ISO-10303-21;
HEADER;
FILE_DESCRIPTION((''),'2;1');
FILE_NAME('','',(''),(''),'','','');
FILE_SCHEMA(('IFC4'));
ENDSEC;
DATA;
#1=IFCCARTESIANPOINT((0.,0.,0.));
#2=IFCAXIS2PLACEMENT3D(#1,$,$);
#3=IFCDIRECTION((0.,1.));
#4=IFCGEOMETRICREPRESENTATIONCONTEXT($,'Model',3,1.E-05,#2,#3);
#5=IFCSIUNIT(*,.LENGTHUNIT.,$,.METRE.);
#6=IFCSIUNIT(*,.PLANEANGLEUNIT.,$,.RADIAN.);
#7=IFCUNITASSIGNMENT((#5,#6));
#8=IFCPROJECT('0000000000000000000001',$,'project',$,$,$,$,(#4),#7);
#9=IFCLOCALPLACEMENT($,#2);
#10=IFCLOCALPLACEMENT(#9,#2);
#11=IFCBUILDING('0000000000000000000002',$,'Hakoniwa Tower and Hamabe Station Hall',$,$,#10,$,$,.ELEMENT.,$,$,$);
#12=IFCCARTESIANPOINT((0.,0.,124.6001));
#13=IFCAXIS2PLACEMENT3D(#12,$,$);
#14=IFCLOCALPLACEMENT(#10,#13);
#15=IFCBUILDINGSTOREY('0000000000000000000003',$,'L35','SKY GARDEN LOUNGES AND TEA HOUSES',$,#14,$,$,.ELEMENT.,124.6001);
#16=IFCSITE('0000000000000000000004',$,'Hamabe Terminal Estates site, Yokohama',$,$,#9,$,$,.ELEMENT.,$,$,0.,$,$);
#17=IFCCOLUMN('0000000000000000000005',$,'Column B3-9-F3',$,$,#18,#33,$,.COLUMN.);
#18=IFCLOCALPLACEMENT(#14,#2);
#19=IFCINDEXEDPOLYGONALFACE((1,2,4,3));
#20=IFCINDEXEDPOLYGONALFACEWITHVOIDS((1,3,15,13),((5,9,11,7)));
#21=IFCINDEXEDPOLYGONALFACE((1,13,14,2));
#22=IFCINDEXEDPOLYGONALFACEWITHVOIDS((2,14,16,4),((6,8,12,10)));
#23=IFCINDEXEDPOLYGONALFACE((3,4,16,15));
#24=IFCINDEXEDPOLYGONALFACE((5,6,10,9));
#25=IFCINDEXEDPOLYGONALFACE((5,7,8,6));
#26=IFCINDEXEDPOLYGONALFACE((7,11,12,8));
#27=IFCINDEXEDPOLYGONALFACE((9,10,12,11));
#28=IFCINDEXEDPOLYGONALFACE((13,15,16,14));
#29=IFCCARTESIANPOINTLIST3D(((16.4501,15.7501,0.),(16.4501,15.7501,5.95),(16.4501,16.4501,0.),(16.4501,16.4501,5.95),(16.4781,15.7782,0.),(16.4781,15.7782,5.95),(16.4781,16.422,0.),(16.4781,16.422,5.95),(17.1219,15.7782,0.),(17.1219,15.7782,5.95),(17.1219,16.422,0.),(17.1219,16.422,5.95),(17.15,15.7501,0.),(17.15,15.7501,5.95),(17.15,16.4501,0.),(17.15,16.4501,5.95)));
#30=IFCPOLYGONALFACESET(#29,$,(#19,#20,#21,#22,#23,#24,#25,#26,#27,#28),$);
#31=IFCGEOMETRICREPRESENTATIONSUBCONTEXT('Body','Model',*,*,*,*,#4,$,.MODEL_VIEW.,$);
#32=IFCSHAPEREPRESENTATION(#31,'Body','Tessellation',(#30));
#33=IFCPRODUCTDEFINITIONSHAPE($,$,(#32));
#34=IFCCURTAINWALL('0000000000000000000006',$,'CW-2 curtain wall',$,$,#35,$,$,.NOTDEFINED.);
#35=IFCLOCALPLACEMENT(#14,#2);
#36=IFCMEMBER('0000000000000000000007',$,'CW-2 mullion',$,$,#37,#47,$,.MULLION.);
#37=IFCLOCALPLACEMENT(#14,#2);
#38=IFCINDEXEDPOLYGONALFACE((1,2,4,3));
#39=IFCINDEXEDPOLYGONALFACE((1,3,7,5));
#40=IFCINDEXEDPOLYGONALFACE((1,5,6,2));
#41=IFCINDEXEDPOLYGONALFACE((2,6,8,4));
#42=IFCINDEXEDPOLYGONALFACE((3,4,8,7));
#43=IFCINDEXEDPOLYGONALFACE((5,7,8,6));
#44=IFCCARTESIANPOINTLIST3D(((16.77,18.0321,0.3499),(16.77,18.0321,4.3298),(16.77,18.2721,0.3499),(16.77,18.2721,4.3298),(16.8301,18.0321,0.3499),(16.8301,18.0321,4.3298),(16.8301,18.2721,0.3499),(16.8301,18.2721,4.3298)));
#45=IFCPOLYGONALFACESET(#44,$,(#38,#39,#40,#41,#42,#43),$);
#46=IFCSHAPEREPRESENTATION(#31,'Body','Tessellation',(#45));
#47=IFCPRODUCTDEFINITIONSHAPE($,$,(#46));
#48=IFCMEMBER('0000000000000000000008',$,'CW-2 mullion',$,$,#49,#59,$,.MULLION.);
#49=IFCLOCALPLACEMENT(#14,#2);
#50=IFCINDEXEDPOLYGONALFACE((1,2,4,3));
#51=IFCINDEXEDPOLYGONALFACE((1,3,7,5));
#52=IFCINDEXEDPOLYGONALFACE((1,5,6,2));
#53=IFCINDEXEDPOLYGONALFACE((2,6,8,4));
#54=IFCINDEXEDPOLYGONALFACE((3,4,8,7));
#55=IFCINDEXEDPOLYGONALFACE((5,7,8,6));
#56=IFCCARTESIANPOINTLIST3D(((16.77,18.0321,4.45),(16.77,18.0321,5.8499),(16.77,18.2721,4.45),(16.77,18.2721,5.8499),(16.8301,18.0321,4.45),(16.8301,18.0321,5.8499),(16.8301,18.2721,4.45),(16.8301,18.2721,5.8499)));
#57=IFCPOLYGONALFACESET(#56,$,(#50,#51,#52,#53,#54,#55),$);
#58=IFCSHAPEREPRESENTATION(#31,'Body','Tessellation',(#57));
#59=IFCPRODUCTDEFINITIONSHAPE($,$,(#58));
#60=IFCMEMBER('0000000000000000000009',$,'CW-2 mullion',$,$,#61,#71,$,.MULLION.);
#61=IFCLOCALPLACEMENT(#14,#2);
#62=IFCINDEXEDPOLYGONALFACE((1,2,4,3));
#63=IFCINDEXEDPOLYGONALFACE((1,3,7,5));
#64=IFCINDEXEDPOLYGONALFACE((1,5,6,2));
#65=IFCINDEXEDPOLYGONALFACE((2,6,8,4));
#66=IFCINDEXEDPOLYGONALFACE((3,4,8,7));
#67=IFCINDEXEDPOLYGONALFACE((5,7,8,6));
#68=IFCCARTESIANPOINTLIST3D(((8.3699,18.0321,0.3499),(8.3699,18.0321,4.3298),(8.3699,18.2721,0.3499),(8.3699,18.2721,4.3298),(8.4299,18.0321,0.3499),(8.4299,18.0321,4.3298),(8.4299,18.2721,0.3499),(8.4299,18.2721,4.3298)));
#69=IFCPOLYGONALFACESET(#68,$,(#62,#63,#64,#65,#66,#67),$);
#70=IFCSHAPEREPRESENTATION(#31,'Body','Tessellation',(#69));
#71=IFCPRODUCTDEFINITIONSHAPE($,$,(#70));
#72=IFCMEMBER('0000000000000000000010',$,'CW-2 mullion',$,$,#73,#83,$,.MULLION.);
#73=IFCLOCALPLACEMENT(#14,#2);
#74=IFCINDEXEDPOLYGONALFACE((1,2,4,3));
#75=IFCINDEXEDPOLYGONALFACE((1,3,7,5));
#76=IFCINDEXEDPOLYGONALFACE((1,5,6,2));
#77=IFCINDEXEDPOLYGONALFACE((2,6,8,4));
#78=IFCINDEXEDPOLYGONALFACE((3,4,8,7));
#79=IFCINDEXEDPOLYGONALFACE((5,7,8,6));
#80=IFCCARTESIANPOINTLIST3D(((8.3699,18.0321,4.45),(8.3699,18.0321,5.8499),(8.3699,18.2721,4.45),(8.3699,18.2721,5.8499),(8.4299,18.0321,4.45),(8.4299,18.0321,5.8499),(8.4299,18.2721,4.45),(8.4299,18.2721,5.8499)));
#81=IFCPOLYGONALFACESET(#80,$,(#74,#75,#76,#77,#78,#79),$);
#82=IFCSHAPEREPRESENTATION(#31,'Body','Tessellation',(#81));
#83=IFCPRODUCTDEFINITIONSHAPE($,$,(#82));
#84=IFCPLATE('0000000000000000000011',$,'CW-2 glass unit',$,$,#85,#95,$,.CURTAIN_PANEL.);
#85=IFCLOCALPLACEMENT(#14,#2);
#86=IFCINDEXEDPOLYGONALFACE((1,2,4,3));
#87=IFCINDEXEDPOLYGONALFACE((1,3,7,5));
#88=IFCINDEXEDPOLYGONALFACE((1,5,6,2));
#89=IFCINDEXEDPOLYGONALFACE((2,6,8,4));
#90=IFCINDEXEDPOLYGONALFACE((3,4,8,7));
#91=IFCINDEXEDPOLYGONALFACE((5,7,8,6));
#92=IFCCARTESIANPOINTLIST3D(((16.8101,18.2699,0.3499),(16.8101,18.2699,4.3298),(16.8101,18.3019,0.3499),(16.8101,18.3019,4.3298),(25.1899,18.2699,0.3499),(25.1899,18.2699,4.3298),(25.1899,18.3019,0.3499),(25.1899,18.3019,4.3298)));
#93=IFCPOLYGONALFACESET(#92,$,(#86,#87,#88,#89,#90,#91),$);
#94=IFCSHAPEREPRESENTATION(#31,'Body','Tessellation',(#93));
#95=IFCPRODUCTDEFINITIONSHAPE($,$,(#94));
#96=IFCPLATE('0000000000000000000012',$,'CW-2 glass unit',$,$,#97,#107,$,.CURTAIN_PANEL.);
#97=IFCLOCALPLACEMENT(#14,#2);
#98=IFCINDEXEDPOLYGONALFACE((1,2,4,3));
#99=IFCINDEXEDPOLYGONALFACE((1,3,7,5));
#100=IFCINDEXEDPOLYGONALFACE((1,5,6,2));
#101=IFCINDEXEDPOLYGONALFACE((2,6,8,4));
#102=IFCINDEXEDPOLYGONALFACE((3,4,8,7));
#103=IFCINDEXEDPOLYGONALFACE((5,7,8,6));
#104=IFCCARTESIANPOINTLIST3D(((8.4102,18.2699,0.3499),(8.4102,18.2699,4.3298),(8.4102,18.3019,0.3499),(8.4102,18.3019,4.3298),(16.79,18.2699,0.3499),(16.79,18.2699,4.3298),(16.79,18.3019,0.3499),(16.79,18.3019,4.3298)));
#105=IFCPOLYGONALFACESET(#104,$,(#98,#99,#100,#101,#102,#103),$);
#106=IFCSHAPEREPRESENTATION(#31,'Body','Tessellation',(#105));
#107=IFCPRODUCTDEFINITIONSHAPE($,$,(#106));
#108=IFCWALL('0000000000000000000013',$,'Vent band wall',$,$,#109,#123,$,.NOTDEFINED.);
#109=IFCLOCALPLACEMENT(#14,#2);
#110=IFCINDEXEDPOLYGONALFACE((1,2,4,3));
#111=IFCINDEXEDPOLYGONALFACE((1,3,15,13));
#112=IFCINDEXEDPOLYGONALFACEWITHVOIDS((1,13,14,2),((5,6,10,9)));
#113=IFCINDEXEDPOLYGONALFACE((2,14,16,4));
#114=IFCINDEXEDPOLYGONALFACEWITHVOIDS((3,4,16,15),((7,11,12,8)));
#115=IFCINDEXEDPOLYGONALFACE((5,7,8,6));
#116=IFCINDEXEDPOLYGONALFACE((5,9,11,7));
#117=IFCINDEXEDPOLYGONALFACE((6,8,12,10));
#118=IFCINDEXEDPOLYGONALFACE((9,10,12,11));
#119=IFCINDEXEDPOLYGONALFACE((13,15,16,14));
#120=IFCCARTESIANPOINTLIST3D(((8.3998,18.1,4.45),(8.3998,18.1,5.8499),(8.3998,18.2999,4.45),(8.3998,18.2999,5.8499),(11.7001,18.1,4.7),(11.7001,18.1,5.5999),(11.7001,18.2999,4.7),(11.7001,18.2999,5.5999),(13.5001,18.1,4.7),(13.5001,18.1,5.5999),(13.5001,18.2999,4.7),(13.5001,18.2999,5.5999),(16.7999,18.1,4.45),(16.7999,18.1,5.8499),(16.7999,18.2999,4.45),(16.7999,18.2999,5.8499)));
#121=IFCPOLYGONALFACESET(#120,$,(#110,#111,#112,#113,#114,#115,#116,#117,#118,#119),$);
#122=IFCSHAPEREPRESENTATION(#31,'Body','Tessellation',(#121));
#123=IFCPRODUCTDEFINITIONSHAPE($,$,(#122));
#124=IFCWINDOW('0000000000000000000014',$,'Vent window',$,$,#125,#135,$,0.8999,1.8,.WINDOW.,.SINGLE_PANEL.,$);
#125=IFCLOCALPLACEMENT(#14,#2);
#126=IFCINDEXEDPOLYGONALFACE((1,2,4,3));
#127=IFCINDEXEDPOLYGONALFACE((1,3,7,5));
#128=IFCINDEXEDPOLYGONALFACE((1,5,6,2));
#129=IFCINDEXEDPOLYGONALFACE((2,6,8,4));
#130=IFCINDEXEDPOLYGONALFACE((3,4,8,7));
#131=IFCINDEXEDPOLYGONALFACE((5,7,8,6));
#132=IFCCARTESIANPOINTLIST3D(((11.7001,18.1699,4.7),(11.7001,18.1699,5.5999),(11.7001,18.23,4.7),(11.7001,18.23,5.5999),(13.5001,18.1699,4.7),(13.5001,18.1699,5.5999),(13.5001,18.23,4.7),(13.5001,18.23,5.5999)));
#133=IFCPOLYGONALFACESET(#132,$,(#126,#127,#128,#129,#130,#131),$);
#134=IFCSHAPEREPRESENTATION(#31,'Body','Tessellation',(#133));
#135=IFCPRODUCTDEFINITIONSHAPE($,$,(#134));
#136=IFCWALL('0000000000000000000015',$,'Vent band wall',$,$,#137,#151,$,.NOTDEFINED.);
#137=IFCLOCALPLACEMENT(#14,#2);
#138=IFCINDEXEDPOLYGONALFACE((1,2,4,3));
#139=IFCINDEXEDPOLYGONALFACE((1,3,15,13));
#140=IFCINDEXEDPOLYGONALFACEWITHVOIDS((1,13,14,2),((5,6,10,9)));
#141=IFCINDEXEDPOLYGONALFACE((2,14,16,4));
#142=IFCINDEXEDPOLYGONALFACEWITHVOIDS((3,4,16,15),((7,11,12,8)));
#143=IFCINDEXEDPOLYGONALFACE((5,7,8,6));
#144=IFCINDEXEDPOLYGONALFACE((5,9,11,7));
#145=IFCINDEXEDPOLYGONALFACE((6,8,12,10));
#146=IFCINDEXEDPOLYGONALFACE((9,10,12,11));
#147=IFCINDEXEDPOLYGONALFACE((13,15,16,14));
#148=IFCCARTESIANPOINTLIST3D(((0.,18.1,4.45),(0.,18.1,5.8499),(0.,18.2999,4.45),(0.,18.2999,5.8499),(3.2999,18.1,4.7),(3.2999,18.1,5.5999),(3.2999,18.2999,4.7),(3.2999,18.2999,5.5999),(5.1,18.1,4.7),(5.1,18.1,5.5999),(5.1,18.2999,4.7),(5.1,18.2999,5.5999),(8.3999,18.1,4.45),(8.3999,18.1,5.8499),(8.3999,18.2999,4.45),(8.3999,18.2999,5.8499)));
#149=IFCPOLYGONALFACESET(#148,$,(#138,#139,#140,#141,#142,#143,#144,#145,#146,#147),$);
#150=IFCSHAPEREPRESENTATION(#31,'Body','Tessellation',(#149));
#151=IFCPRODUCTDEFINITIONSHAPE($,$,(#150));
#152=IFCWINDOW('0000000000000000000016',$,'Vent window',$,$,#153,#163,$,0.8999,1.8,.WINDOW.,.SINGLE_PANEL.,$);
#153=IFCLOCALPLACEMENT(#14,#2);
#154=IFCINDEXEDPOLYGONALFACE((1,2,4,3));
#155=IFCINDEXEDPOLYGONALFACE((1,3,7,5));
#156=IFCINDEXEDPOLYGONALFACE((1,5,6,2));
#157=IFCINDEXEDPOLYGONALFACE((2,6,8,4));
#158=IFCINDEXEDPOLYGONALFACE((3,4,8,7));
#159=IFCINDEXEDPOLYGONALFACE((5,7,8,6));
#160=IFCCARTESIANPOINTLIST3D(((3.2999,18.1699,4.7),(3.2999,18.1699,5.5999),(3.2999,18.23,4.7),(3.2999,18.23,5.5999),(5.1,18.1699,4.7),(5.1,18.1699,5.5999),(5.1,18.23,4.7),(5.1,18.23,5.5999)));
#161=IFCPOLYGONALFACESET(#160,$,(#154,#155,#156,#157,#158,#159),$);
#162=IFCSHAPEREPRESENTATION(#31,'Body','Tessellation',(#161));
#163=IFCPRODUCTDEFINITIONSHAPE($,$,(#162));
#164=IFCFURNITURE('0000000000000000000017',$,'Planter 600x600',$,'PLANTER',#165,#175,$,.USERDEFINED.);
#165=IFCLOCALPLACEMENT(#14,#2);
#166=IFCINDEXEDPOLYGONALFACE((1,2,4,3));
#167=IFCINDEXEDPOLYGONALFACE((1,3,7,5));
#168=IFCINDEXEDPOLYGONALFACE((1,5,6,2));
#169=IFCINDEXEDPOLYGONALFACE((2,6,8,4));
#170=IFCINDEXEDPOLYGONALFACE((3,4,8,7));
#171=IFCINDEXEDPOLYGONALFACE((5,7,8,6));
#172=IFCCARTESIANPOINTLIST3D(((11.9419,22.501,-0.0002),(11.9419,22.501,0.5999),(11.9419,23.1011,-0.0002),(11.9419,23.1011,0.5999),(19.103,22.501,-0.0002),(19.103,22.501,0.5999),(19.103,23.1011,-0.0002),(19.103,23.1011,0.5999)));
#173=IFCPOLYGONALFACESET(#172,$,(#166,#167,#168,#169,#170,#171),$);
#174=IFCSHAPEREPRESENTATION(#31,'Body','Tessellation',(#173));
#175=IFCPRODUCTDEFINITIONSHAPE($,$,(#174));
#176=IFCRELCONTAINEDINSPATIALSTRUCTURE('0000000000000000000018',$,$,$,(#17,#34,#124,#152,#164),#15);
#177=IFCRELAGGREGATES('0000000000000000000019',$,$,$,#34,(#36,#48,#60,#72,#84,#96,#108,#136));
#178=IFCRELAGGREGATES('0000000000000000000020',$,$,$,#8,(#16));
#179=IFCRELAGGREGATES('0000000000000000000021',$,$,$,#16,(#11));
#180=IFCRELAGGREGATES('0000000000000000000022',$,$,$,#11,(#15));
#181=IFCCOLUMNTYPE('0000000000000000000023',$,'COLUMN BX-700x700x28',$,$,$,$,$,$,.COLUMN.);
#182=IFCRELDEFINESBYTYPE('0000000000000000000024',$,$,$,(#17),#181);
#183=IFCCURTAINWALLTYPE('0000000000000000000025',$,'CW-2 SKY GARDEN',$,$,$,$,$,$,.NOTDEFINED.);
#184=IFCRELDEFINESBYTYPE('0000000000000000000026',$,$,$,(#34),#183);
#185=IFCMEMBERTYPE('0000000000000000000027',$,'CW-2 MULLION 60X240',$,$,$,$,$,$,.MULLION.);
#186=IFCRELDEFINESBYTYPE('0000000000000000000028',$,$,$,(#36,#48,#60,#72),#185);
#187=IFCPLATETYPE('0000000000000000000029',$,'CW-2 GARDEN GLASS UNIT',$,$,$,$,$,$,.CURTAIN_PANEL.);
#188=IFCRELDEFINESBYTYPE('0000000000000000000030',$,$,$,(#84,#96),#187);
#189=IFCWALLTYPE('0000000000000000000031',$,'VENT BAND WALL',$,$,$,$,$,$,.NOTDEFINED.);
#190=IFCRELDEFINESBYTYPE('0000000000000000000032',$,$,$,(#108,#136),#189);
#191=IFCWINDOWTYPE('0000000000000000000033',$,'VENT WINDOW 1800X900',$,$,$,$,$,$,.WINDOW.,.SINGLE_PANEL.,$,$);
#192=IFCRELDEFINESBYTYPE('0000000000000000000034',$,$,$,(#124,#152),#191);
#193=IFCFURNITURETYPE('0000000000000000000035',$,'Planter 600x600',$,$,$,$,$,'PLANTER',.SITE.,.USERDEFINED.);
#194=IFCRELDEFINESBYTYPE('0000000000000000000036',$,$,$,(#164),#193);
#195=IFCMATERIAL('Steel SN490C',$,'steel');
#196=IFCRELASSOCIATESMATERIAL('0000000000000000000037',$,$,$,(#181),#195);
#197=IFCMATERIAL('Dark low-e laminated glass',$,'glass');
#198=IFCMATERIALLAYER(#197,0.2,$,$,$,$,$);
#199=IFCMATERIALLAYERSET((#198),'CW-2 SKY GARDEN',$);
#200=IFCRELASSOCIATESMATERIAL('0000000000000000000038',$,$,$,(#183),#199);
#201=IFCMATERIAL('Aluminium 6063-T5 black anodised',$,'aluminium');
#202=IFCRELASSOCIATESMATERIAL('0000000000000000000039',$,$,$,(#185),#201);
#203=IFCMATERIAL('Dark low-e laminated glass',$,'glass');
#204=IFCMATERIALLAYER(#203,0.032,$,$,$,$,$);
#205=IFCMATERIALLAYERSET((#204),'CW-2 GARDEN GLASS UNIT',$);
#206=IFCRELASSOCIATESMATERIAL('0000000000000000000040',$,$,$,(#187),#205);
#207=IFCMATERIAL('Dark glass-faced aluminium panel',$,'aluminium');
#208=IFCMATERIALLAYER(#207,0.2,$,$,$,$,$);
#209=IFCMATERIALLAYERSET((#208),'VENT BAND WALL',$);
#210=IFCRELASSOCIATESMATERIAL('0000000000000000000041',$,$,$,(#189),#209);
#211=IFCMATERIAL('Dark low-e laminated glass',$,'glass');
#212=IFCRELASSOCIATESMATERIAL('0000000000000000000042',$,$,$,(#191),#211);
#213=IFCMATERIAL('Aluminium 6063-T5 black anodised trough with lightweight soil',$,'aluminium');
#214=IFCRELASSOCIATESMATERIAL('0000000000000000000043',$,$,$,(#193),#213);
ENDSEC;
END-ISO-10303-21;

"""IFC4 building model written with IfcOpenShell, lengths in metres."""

from ifc_helpers import new_model, si_unit, direction, frame, frame_2d, origin, origin_2d, place, context, subcontext, project, spatial, rectangle, hollow_rectangle, extrude, material, layer, layer_set, material_profile, profile_set, type_object, element, fill, aggregate, save


model = new_model("IFC4")

# Units and contexts
model_context = context("Model", 3, precision=1e-05, world=origin(), true_north=direction((0.0, 1.0)))
body_context = subcontext(model_context, "Body", "Model", "MODEL_VIEW")
ifc_project = project(units=[si_unit("LENGTHUNIT", "METRE"), si_unit("PLANEANGLEUNIT", "RADIAN")], contexts=[model_context])

# Site, building, storey
site_placement = place(None, origin())
site = spatial("IfcSite", under=ifc_project, at=site_placement, Name="Hamabe Terminal Estates site, Yokohama", CompositionType="ELEMENT", RefElevation=0.0)
building_placement = place(site_placement, origin())
building = spatial("IfcBuilding", under=site, at=building_placement, Name="Hakoniwa Tower and Hamabe Station Hall", CompositionType="ELEMENT")
storey_placement = place(building_placement, frame((0.0, 0.0, 124.6001)))
storey = spatial("IfcBuildingStorey", under=building, at=storey_placement, Name="L35", Description="SKY GARDEN LOUNGES AND TEA HOUSES", CompositionType="ELEMENT", Elevation=124.6001)

# Column
ifc_material_1 = material(Name="Steel SN490C", Category="steel")
ifc_material_profile_1 = material_profile(ifc_material_1, hollow_rectangle(XDim=0.7, YDim=0.7, WallThickness=0.0281, at=origin_2d()), Name="BX-700x700x28")
ifc_profile_set_1 = profile_set([ifc_material_profile_1], Name="Steel SN490C")
column_type = type_object("IfcColumnType", Name="COLUMN BX-700x700x28", PredefinedType="COLUMN", material=ifc_profile_set_1)
column_placement = place(storey_placement, frame((16.8, 16.1001, 0.0), z_axis=(0.0, 0.0, 1.0), x_axis=(1.0, 0.0, 0.0)))
element("IfcColumn", 1, at=column_placement, inside=storey, type_object=column_type, Name="Column B3-9-F3", PredefinedType="COLUMN", context=body_context, shape_type="SweptSolid", body=[
    extrude(hollow_rectangle(XDim=0.7, YDim=0.7, WallThickness=0.0281, at=origin_2d()), origin(), (0.0, 0.0, 1.0), 5.95),
])

# Curtain wall, members, plates, walls, openings, windows
ifc_material_2 = material(Name="Dark low-e laminated glass", Category="glass")
ifc_layer_1 = layer(ifc_material_2, 0.2)
ifc_layer_set_1 = layer_set([ifc_layer_1], Name="CW-2 SKY GARDEN")
curtain_wall_type = type_object("IfcCurtainWallType", Name="CW-2 SKY GARDEN", PredefinedType="NOTDEFINED", material=ifc_layer_set_1)
curtain_wall_placement = place(storey_placement, origin())
curtain_wall = element("IfcCurtainWall", 2, at=curtain_wall_placement, inside=storey, type_object=curtain_wall_type, Name="CW-2 curtain wall", PredefinedType="NOTDEFINED")
ifc_material_3 = material(Name="Aluminium 6063-T5 black anodised", Category="aluminium")
ifc_material_profile_2 = material_profile(ifc_material_3, rectangle(XDim=0.0601, YDim=0.24, at=origin_2d()), Name="CW-2 MULLION 60X240")
ifc_profile_set_2 = profile_set([ifc_material_profile_2], Name="Aluminium 6063-T5 black anodised")
member_type = type_object("IfcMemberType", Name="CW-2 MULLION 60X240", PredefinedType="MULLION", material=ifc_profile_set_2)
member_1_placement = place(storey_placement, frame((16.8, 18.1521, 0.3499), z_axis=(0.0, 0.0, 1.0), x_axis=(-1.0, 0.0, 0.0)))
member_1 = element("IfcMember", 3, at=member_1_placement, type_object=member_type, Name="CW-2 mullion", PredefinedType="MULLION", context=body_context, shape_type="SweptSolid", body=[
    extrude(rectangle(XDim=0.0601, YDim=0.24, at=origin_2d()), origin(), (0.0, 0.0, 1.0), 3.98),
])
member_2_placement = place(storey_placement, frame((16.8, 18.1521, 4.45), z_axis=(0.0, 0.0, 1.0), x_axis=(-1.0, 0.0, 0.0)))
member_2 = element("IfcMember", 4, at=member_2_placement, type_object=member_type, Name="CW-2 mullion", PredefinedType="MULLION", context=body_context, shape_type="SweptSolid", body=[
    extrude(rectangle(XDim=0.0601, YDim=0.24, at=origin_2d()), origin(), (0.0, 0.0, 1.0), 1.3999),
])
member_3_placement = place(storey_placement, frame((8.3999, 18.1521, 0.3499), z_axis=(0.0, 0.0, 1.0), x_axis=(-1.0, 0.0, 0.0)))
member_3 = element("IfcMember", 5, at=member_3_placement, type_object=member_type, Name="CW-2 mullion", PredefinedType="MULLION", context=body_context, shape_type="SweptSolid", body=[
    extrude(rectangle(XDim=0.0601, YDim=0.24, at=origin_2d()), origin(), (0.0, 0.0, 1.0), 3.98),
])
member_4_placement = place(storey_placement, frame((8.3999, 18.1521, 4.45), z_axis=(0.0, 0.0, 1.0), x_axis=(-1.0, 0.0, 0.0)))
member_4 = element("IfcMember", 6, at=member_4_placement, type_object=member_type, Name="CW-2 mullion", PredefinedType="MULLION", context=body_context, shape_type="SweptSolid", body=[
    extrude(rectangle(XDim=0.0601, YDim=0.24, at=origin_2d()), origin(), (0.0, 0.0, 1.0), 1.3999),
])
ifc_material_4 = material(Name="Dark low-e laminated glass", Category="glass")
ifc_layer_2 = layer(ifc_material_4, 0.032)
ifc_layer_set_2 = layer_set([ifc_layer_2], Name="CW-2 GARDEN GLASS UNIT")
plate_type = type_object("IfcPlateType", Name="CW-2 GARDEN GLASS UNIT", PredefinedType="CURTAIN_PANEL", material=ifc_layer_set_2)
plate_1_placement = place(storey_placement, frame((21.0, 18.2859, 0.3499), z_axis=(0.0, 0.0, 1.0), x_axis=(-1.0, 0.0, 0.0)))
plate_1 = element("IfcPlate", 7, at=plate_1_placement, type_object=plate_type, Name="CW-2 glass unit", PredefinedType="CURTAIN_PANEL", context=body_context, shape_type="SweptSolid", body=[
    extrude(rectangle(XDim=8.3799, YDim=0.032, at=origin_2d()), origin(), (0.0, 0.0, 1.0), 3.98),
])
plate_2_placement = place(storey_placement, frame((12.6001, 18.2859, 0.3499), z_axis=(0.0, 0.0, 1.0), x_axis=(-1.0, 0.0, 0.0)))
plate_2 = element("IfcPlate", 8, at=plate_2_placement, type_object=plate_type, Name="CW-2 glass unit", PredefinedType="CURTAIN_PANEL", context=body_context, shape_type="SweptSolid", body=[
    extrude(rectangle(XDim=8.3799, YDim=0.032, at=origin_2d()), origin(), (0.0, 0.0, 1.0), 3.98),
])
ifc_material_5 = material(Name="Dark glass-faced aluminium panel", Category="aluminium")
ifc_layer_3 = layer(ifc_material_5, 0.2)
ifc_layer_set_3 = layer_set([ifc_layer_3], Name="VENT BAND WALL")
wall_type = type_object("IfcWallType", Name="VENT BAND WALL", PredefinedType="NOTDEFINED", material=ifc_layer_set_3)
wall_1_placement = place(storey_placement, frame((16.8, 18.2, 4.45), z_axis=(0.0, 0.0, 1.0), x_axis=(-1.0, 0.0, 0.0)))
wall_1 = element("IfcWall", 9, at=wall_1_placement, type_object=wall_type, Name="Vent band wall", PredefinedType="NOTDEFINED", context=body_context, shape_type="SweptSolid", body=[
    extrude(rectangle(XDim=8.4001, YDim=0.2, at=frame_2d((4.2002, 0.0))), origin(), (0.0, 0.0, 1.0), 1.3999),
])
opening_1_placement = place(wall_1_placement, frame((3.3, 0.0, 0.25)))
opening_1 = element("IfcOpeningElement", 10, at=opening_1_placement, cuts=wall_1, PredefinedType="OPENING", context=body_context, shape_type="SweptSolid", body=[
    extrude(rectangle(XDim=1.8, YDim=0.8999, at=frame_2d((0.8999, 0.45))), frame((0.0, 0.1099, 0.0), z_axis=(0.0, -1.0, 0.0), x_axis=(1.0, 0.0, 0.0)), (0.0, 0.0, 1.0), 0.22),
])
ifc_material_6 = material(Name="Dark low-e laminated glass", Category="glass")
window_type = type_object("IfcWindowType", Name="VENT WINDOW 1800X900", PartitioningType="SINGLE_PANEL", PredefinedType="WINDOW", material=ifc_material_6)
window_1_placement = place(opening_1_placement, origin())
window_1 = element("IfcWindow", 11, at=window_1_placement, inside=storey, type_object=window_type, Name="Vent window", OverallHeight=0.8999, OverallWidth=1.8, PartitioningType="SINGLE_PANEL", PredefinedType="WINDOW", context=body_context, shape_type="SweptSolid", body=[
    extrude(rectangle(XDim=1.8, YDim=0.8999, at=frame_2d((0.8999, 0.45))), frame((0.0, 0.03, 0.0), z_axis=(0.0, -1.0, 0.0), x_axis=(1.0, 0.0, 0.0)), (0.0, 0.0, 1.0), 0.0601),
])
fill(opening_1, window_1)
wall_2_placement = place(storey_placement, frame((8.3999, 18.2, 4.45), z_axis=(0.0, 0.0, 1.0), x_axis=(-1.0, 0.0, 0.0)))
wall_2 = element("IfcWall", 12, at=wall_2_placement, type_object=wall_type, Name="Vent band wall", PredefinedType="NOTDEFINED", context=body_context, shape_type="SweptSolid", body=[
    extrude(rectangle(XDim=8.3999, YDim=0.2, at=frame_2d((4.2, 0.0))), origin(), (0.0, 0.0, 1.0), 1.3999),
])
opening_2_placement = place(wall_2_placement, frame((3.3, 0.0, 0.25)))
opening_2 = element("IfcOpeningElement", 13, at=opening_2_placement, cuts=wall_2, PredefinedType="OPENING", context=body_context, shape_type="SweptSolid", body=[
    extrude(rectangle(XDim=1.8, YDim=0.8999, at=frame_2d((0.8999, 0.45))), frame((0.0, 0.1099, 0.0), z_axis=(0.0, -1.0, 0.0), x_axis=(1.0, 0.0, 0.0)), (0.0, 0.0, 1.0), 0.22),
])
window_2_placement = place(opening_2_placement, origin())
window_2 = element("IfcWindow", 14, at=window_2_placement, inside=storey, type_object=window_type, Name="Vent window", OverallHeight=0.8999, OverallWidth=1.8, PartitioningType="SINGLE_PANEL", PredefinedType="WINDOW", context=body_context, shape_type="SweptSolid", body=[
    extrude(rectangle(XDim=1.8, YDim=0.8999, at=frame_2d((0.8999, 0.45))), frame((0.0, 0.03, 0.0), z_axis=(0.0, -1.0, 0.0), x_axis=(1.0, 0.0, 0.0)), (0.0, 0.0, 1.0), 0.0601),
])
fill(opening_2, window_2)
aggregate(curtain_wall, [member_1, member_2, member_3, member_4, plate_1, plate_2, wall_1, wall_2])

# Furniture
ifc_material_7 = material(Name="Aluminium 6063-T5 black anodised trough with lightweight soil", Category="aluminium")
furniture_type = type_object("IfcFurnitureType", Name="Planter 600x600", ElementType="PLANTER", AssemblyPlace="SITE", PredefinedType="USERDEFINED", material=ifc_material_7)
furniture_placement = place(storey_placement, frame((15.5225, 22.801, -0.0002), z_axis=(0.0, 0.0, 1.0), x_axis=(-1.0, 0.0, 0.0)))
element("IfcFurniture", 15, at=furniture_placement, inside=storey, type_object=furniture_type, Name="Planter 600x600", ObjectType="PLANTER", PredefinedType="USERDEFINED", context=body_context, shape_type="SweptSolid", body=[
    extrude(rectangle(XDim=7.1611, YDim=0.6001, at=origin_2d()), origin(), (0.0, 0.0, 1.0), 0.6001),
])

save(model, "model.ifc")
